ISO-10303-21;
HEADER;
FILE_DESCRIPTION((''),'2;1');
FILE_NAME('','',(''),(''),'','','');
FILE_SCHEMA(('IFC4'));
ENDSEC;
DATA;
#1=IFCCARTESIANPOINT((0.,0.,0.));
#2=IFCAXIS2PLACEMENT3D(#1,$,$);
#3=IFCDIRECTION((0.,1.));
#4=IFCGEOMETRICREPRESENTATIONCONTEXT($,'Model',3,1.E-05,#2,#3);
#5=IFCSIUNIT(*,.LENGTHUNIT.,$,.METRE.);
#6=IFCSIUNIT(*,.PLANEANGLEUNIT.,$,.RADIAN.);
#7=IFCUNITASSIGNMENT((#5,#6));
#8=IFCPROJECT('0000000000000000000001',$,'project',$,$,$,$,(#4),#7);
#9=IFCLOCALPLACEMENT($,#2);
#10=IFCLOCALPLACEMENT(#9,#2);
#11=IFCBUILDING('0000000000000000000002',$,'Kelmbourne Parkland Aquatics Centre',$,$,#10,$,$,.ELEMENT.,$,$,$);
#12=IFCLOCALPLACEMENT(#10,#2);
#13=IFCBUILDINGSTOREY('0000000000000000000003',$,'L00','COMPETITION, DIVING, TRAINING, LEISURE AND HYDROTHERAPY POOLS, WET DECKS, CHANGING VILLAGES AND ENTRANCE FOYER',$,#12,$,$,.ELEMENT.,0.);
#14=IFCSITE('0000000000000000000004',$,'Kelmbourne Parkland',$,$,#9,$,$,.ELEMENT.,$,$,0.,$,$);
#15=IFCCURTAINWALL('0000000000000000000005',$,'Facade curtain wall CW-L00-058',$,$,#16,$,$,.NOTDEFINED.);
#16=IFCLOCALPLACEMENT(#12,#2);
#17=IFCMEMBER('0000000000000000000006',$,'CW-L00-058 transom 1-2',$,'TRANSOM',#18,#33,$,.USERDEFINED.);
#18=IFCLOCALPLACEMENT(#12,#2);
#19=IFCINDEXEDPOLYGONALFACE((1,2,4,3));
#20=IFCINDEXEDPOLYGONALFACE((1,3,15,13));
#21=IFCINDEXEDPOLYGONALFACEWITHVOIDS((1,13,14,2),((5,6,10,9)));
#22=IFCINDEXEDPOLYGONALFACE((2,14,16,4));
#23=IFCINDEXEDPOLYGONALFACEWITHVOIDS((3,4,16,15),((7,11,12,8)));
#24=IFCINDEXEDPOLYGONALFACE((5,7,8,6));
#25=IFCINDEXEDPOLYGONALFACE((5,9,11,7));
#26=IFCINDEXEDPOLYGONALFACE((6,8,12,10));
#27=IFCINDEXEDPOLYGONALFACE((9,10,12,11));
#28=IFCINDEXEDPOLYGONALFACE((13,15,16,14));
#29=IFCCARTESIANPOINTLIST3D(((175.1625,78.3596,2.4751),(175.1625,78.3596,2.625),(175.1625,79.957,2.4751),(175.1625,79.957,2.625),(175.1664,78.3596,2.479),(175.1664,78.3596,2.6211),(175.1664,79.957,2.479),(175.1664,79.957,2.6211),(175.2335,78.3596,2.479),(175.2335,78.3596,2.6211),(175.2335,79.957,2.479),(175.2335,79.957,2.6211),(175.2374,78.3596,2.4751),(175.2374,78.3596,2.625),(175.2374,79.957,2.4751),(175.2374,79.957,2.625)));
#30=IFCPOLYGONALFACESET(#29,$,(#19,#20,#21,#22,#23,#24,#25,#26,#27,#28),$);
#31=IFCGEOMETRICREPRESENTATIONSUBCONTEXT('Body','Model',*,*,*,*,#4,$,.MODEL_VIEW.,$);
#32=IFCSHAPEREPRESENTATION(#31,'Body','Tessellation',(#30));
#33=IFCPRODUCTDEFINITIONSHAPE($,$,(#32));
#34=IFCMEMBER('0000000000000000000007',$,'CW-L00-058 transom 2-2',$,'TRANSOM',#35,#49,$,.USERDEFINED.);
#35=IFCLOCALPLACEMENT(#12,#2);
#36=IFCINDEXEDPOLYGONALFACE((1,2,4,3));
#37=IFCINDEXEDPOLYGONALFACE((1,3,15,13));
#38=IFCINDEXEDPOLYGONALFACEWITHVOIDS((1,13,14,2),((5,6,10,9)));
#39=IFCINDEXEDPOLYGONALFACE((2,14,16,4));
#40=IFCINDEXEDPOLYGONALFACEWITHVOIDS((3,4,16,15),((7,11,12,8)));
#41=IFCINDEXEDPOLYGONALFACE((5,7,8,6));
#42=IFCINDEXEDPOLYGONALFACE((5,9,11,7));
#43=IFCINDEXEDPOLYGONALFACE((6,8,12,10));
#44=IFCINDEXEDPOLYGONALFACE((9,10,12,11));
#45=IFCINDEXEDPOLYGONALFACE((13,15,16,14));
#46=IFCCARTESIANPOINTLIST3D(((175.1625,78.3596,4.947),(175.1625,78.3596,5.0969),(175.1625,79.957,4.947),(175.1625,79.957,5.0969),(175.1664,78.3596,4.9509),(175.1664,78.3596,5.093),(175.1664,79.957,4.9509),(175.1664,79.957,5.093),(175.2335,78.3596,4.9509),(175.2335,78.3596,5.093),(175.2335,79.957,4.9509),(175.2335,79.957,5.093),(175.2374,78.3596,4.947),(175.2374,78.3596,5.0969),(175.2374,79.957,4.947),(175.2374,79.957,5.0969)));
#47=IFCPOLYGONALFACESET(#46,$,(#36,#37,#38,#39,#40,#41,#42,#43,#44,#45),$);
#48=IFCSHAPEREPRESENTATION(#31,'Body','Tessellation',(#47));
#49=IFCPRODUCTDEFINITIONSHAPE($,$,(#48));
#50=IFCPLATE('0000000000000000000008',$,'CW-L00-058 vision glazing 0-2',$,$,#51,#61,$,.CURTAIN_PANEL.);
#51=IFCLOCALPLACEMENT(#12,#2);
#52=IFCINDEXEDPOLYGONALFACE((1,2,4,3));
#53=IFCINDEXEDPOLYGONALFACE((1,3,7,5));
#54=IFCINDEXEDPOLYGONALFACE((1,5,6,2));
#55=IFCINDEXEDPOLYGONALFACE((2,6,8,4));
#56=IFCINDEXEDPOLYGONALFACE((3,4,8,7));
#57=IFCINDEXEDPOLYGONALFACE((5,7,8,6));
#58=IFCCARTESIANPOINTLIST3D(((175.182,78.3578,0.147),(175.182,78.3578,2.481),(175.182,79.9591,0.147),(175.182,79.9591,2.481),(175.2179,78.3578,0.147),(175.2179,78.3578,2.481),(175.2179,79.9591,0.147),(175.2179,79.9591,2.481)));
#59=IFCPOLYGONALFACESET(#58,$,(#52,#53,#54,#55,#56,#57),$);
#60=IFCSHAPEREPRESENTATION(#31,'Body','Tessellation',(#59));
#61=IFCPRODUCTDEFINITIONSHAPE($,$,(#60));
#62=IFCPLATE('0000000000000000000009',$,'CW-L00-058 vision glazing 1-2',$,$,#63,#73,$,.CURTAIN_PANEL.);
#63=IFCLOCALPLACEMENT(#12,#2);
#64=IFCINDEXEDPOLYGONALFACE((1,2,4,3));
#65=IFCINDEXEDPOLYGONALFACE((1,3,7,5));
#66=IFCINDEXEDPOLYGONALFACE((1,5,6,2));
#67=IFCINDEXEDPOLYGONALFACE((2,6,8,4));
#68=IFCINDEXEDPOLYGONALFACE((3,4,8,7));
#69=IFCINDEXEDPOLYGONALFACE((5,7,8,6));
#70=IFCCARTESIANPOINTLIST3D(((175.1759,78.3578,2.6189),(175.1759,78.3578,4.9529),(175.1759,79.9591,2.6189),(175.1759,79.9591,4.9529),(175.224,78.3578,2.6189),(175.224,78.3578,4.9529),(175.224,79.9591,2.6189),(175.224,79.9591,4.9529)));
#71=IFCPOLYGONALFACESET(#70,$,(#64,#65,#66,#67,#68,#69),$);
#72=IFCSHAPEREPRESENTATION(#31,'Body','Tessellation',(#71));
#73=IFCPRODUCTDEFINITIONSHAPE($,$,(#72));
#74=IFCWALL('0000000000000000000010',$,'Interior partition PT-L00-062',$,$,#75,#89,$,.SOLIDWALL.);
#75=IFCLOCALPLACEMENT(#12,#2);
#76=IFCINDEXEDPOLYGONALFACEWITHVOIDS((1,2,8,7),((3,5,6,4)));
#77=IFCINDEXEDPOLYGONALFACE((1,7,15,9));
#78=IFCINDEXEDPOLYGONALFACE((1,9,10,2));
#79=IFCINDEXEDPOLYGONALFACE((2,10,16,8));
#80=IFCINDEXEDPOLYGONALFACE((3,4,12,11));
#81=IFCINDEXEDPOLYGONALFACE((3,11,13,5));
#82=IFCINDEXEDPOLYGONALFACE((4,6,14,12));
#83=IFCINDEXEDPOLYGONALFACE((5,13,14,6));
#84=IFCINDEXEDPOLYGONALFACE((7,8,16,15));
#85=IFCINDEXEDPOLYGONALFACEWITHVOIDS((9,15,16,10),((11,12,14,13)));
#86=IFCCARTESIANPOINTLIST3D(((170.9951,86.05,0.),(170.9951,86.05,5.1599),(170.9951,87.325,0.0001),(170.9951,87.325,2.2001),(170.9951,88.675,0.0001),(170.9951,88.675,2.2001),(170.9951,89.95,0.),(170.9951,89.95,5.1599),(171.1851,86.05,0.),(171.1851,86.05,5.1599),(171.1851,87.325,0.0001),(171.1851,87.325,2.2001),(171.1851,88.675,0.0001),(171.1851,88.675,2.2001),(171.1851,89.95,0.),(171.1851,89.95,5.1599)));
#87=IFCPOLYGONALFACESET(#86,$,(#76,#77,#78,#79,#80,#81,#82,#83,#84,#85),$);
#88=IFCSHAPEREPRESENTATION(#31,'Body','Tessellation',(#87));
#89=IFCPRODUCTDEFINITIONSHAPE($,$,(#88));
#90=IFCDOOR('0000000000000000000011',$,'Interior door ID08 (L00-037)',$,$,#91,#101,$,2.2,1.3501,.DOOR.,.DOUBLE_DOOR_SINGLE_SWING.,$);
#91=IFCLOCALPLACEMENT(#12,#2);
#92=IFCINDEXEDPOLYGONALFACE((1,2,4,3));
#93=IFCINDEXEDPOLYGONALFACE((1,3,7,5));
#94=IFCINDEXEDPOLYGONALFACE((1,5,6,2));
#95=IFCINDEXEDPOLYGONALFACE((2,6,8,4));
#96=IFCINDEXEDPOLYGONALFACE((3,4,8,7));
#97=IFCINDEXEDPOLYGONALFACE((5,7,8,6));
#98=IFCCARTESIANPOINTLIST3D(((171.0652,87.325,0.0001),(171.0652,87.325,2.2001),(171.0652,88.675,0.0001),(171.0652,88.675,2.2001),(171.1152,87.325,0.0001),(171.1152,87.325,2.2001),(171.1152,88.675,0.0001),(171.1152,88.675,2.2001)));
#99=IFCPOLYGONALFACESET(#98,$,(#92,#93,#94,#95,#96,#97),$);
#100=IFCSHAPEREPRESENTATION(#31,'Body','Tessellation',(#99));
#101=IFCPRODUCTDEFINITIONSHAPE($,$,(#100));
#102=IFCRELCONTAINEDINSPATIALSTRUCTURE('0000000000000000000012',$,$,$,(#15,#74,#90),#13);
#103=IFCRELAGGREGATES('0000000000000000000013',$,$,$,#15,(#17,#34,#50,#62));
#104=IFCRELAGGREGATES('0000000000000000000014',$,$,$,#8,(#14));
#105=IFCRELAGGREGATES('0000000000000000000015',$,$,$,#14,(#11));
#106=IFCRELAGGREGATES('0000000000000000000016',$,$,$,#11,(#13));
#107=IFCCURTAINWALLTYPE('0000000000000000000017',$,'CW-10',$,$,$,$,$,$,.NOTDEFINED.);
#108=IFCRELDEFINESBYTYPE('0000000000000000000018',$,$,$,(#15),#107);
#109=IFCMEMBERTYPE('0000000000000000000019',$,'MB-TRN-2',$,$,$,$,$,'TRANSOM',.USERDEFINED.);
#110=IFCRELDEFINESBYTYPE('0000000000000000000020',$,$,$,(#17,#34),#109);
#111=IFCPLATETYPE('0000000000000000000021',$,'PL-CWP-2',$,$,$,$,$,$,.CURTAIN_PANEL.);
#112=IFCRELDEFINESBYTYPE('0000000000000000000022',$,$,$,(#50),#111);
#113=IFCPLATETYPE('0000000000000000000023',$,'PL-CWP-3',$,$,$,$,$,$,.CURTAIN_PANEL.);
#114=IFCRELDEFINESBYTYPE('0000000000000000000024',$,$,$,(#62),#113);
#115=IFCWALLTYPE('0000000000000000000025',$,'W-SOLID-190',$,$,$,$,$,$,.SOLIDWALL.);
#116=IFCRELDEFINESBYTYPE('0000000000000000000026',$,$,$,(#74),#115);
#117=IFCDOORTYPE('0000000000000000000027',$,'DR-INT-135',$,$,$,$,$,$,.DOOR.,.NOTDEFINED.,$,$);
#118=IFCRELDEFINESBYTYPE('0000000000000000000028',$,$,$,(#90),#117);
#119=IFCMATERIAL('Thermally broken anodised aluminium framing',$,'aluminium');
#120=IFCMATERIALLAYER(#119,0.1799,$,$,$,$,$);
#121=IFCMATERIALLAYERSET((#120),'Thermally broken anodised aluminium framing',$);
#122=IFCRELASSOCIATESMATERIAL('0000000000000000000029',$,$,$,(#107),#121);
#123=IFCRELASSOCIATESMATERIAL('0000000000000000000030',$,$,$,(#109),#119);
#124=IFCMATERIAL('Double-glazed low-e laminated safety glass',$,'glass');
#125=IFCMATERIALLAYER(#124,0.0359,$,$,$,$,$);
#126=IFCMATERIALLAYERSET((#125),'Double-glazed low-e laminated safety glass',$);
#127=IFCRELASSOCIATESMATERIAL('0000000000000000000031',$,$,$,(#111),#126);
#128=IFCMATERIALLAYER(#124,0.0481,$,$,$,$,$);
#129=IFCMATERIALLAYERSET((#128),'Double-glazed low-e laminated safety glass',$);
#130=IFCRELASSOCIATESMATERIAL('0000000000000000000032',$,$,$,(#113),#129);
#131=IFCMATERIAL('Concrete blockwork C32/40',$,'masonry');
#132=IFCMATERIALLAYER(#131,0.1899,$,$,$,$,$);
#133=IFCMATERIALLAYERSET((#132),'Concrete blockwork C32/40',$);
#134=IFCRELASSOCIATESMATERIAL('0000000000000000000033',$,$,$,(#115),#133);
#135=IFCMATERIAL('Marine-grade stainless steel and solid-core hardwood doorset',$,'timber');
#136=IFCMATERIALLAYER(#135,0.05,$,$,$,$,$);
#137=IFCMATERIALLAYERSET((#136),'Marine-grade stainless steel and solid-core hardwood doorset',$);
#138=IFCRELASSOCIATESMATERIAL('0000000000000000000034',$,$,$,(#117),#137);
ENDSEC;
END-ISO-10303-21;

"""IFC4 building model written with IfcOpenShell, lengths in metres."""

from ifc_helpers import new_model, si_unit, direction, frame, frame_2d, origin, origin_2d, place, context, subcontext, project, spatial, rectangle, hollow_rectangle, extrude, material, layer, layer_set, material_profile, profile_set, type_object, element, fill, aggregate, save


model = new_model("IFC4")

# Units and contexts
model_context = context("Model", 3, precision=1e-05, world=origin(), true_north=direction((0.0, 1.0)))
body_context = subcontext(model_context, "Body", "Model", "MODEL_VIEW")
ifc_project = project(units=[si_unit("LENGTHUNIT", "METRE"), si_unit("PLANEANGLEUNIT", "RADIAN")], contexts=[model_context])

# Site, building, storey
site_placement = place(None, origin())
site = spatial("IfcSite", under=ifc_project, at=site_placement, Name="Kelmbourne Parkland", CompositionType="ELEMENT", RefElevation=0.0)
building_placement = place(site_placement, origin())
building = spatial("IfcBuilding", under=site, at=building_placement, Name="Kelmbourne Parkland Aquatics Centre", CompositionType="ELEMENT")
storey_placement = place(building_placement, origin())
storey = spatial("IfcBuildingStorey", under=building, at=storey_placement, Name="L00", Description="COMPETITION, DIVING, TRAINING, LEISURE AND HYDROTHERAPY POOLS, WET DECKS, CHANGING VILLAGES AND ENTRANCE FOYER", CompositionType="ELEMENT", Elevation=0.0)

# Shared definitions
ifc_material_1 = material(Name="Thermally broken anodised aluminium framing", Category="aluminium")

# Curtain wall, members, plates
ifc_layer_1 = layer(ifc_material_1, 0.1799)
ifc_layer_set_1 = layer_set([ifc_layer_1], Name="Thermally broken anodised aluminium framing")
curtain_wall_type_1 = type_object("IfcCurtainWallType", Name="CW-10", PredefinedType="NOTDEFINED", material=ifc_layer_set_1)
curtain_wall_1_placement = place(storey_placement, origin())
curtain_wall_1 = element("IfcCurtainWall", 1, at=curtain_wall_1_placement, inside=storey, type_object=curtain_wall_type_1, Name="Facade curtain wall CW-L00-058", PredefinedType="NOTDEFINED")
ifc_material_profile_1 = material_profile(ifc_material_1, hollow_rectangle(XDim=0.075, YDim=0.1499, WallThickness=0.0039, at=origin_2d()), Name="CW-T 75x150")
ifc_profile_set_1 = profile_set([ifc_material_profile_1], Name="Thermally broken anodised aluminium framing")
member_type_1 = type_object("IfcMemberType", Name="MB-TRN-2", ElementType="TRANSOM", PredefinedType="USERDEFINED", material=ifc_profile_set_1)
member_1_placement = place(storey_placement, frame((175.2, 78.3596, 2.55), z_axis=(0.0, 1.0, 0.0), x_axis=(-1.0, 0.0, 0.0)))
member_1 = element("IfcMember", 2, at=member_1_placement, type_object=member_type_1, Name="CW-L00-058 transom 1-2", ObjectType="TRANSOM", PredefinedType="USERDEFINED", context=body_context, shape_type="SweptSolid", body=[
    extrude(hollow_rectangle(XDim=0.075, YDim=0.1499, WallThickness=0.0039, at=origin_2d()), origin(), (0.0, 0.0, 1.0), 1.5974),
])
member_2_placement = place(storey_placement, frame((175.2, 78.3596, 5.022), z_axis=(0.0, 1.0, 0.0), x_axis=(-1.0, 0.0, 0.0)))
member_2 = element("IfcMember", 3, at=member_2_placement, type_object=member_type_1, Name="CW-L00-058 transom 2-2", ObjectType="TRANSOM", PredefinedType="USERDEFINED", context=body_context, shape_type="SweptSolid", body=[
    extrude(hollow_rectangle(XDim=0.075, YDim=0.1499, WallThickness=0.0039, at=origin_2d()), origin(), (0.0, 0.0, 1.0), 1.5974),
])
ifc_material_2 = material(Name="Double-glazed low-e laminated safety glass", Category="glass")
ifc_layer_2 = layer(ifc_material_2, 0.0359)
ifc_layer_set_2 = layer_set([ifc_layer_2], Name="Double-glazed low-e laminated safety glass")
plate_type_1 = type_object("IfcPlateType", Name="PL-CWP-2", PredefinedType="CURTAIN_PANEL", material=ifc_layer_set_2)
plate_1_placement = place(storey_placement, frame((175.2, 79.1584, 0.147), z_axis=(0.0, 0.0, 1.0), x_axis=(0.0, 1.0, 0.0)))
plate_1 = element("IfcPlate", 4, at=plate_1_placement, type_object=plate_type_1, Name="CW-L00-058 vision glazing 0-2", PredefinedType="CURTAIN_PANEL", context=body_context, shape_type="SweptSolid", body=[
    extrude(rectangle(XDim=1.6013, YDim=0.0359, at=origin_2d()), origin(), (0.0, 0.0, 1.0), 2.334),
])
ifc_layer_3 = layer(ifc_material_2, 0.0481)
ifc_layer_set_3 = layer_set([ifc_layer_3], Name="Double-glazed low-e laminated safety glass")
plate_type_2 = type_object("IfcPlateType", Name="PL-CWP-3", PredefinedType="CURTAIN_PANEL", material=ifc_layer_set_3)
plate_2_placement = place(storey_placement, frame((175.2, 79.1584, 2.6189), z_axis=(0.0, 0.0, 1.0), x_axis=(0.0, 1.0, 0.0)))
plate_2 = element("IfcPlate", 5, at=plate_2_placement, type_object=plate_type_2, Name="CW-L00-058 vision glazing 1-2", PredefinedType="CURTAIN_PANEL", context=body_context, shape_type="SweptSolid", body=[
    extrude(rectangle(XDim=1.6013, YDim=0.0481, at=origin_2d()), origin(), (0.0, 0.0, 1.0), 2.334),
])
aggregate(curtain_wall_1, [member_1, member_2, plate_1, plate_2])

# Wall, opening, door
ifc_material_3 = material(Name="Concrete blockwork C32/40", Category="masonry")
ifc_layer_4 = layer(ifc_material_3, 0.1899)
ifc_layer_set_4 = layer_set([ifc_layer_4], Name="Concrete blockwork C32/40")
wall_type_1 = type_object("IfcWallType", Name="W-SOLID-190", PredefinedType="SOLIDWALL", material=ifc_layer_set_4)
wall_1_placement = place(storey_placement, frame((171.0901, 86.05, 0.0), z_axis=(0.0, 0.0, 1.0), x_axis=(0.0, 1.0, 0.0)))
wall_1 = element("IfcWall", 6, at=wall_1_placement, inside=storey, type_object=wall_type_1, Name="Interior partition PT-L00-062", PredefinedType="SOLIDWALL", context=body_context, shape_type="SweptSolid", body=[
    extrude(rectangle(XDim=3.8999, YDim=0.1899, at=frame_2d((1.95, 0.0))), origin(), (0.0, 0.0, 1.0), 5.1599),
])
opening_1_placement = place(wall_1_placement, frame((1.2749, 0.0, 0.0)))
opening_1 = element("IfcOpeningElement", 7, at=opening_1_placement, cuts=wall_1, PredefinedType="OPENING", context=body_context, shape_type="SweptSolid", body=[
    extrude(rectangle(XDim=1.3501, YDim=2.2, at=frame_2d((0.675, 1.1001))), frame((0.0, 0.1069, 0.0), z_axis=(0.0, -1.0, 0.0), x_axis=(1.0, 0.0, 0.0)), (0.0, 0.0, 1.0), 0.2139),
])
ifc_material_4 = material(Name="Marine-grade stainless steel and solid-core hardwood doorset", Category="timber")
ifc_layer_5 = layer(ifc_material_4, 0.05)
ifc_layer_set_5 = layer_set([ifc_layer_5], Name="Marine-grade stainless steel and solid-core hardwood doorset")
door_type_1 = type_object("IfcDoorType", Name="DR-INT-135", OperationType="NOTDEFINED", PredefinedType="DOOR", material=ifc_layer_set_5)
door_1_placement = place(opening_1_placement, origin())
door_1 = element("IfcDoor", 8, at=door_1_placement, inside=storey, type_object=door_type_1, Name="Interior door ID08 (L00-037)", OperationType="DOUBLE_DOOR_SINGLE_SWING", OverallHeight=2.2, OverallWidth=1.3501, PredefinedType="DOOR", context=body_context, shape_type="SweptSolid", body=[
    extrude(rectangle(XDim=1.3501, YDim=2.2, at=frame_2d((0.675, 1.1001))), frame((0.0, 0.0249, 0.0), z_axis=(0.0, -1.0, 0.0), x_axis=(1.0, 0.0, 0.0)), (0.0, 0.0, 1.0), 0.05),
])
fill(opening_1, door_1)

save(model, "model.ifc")
